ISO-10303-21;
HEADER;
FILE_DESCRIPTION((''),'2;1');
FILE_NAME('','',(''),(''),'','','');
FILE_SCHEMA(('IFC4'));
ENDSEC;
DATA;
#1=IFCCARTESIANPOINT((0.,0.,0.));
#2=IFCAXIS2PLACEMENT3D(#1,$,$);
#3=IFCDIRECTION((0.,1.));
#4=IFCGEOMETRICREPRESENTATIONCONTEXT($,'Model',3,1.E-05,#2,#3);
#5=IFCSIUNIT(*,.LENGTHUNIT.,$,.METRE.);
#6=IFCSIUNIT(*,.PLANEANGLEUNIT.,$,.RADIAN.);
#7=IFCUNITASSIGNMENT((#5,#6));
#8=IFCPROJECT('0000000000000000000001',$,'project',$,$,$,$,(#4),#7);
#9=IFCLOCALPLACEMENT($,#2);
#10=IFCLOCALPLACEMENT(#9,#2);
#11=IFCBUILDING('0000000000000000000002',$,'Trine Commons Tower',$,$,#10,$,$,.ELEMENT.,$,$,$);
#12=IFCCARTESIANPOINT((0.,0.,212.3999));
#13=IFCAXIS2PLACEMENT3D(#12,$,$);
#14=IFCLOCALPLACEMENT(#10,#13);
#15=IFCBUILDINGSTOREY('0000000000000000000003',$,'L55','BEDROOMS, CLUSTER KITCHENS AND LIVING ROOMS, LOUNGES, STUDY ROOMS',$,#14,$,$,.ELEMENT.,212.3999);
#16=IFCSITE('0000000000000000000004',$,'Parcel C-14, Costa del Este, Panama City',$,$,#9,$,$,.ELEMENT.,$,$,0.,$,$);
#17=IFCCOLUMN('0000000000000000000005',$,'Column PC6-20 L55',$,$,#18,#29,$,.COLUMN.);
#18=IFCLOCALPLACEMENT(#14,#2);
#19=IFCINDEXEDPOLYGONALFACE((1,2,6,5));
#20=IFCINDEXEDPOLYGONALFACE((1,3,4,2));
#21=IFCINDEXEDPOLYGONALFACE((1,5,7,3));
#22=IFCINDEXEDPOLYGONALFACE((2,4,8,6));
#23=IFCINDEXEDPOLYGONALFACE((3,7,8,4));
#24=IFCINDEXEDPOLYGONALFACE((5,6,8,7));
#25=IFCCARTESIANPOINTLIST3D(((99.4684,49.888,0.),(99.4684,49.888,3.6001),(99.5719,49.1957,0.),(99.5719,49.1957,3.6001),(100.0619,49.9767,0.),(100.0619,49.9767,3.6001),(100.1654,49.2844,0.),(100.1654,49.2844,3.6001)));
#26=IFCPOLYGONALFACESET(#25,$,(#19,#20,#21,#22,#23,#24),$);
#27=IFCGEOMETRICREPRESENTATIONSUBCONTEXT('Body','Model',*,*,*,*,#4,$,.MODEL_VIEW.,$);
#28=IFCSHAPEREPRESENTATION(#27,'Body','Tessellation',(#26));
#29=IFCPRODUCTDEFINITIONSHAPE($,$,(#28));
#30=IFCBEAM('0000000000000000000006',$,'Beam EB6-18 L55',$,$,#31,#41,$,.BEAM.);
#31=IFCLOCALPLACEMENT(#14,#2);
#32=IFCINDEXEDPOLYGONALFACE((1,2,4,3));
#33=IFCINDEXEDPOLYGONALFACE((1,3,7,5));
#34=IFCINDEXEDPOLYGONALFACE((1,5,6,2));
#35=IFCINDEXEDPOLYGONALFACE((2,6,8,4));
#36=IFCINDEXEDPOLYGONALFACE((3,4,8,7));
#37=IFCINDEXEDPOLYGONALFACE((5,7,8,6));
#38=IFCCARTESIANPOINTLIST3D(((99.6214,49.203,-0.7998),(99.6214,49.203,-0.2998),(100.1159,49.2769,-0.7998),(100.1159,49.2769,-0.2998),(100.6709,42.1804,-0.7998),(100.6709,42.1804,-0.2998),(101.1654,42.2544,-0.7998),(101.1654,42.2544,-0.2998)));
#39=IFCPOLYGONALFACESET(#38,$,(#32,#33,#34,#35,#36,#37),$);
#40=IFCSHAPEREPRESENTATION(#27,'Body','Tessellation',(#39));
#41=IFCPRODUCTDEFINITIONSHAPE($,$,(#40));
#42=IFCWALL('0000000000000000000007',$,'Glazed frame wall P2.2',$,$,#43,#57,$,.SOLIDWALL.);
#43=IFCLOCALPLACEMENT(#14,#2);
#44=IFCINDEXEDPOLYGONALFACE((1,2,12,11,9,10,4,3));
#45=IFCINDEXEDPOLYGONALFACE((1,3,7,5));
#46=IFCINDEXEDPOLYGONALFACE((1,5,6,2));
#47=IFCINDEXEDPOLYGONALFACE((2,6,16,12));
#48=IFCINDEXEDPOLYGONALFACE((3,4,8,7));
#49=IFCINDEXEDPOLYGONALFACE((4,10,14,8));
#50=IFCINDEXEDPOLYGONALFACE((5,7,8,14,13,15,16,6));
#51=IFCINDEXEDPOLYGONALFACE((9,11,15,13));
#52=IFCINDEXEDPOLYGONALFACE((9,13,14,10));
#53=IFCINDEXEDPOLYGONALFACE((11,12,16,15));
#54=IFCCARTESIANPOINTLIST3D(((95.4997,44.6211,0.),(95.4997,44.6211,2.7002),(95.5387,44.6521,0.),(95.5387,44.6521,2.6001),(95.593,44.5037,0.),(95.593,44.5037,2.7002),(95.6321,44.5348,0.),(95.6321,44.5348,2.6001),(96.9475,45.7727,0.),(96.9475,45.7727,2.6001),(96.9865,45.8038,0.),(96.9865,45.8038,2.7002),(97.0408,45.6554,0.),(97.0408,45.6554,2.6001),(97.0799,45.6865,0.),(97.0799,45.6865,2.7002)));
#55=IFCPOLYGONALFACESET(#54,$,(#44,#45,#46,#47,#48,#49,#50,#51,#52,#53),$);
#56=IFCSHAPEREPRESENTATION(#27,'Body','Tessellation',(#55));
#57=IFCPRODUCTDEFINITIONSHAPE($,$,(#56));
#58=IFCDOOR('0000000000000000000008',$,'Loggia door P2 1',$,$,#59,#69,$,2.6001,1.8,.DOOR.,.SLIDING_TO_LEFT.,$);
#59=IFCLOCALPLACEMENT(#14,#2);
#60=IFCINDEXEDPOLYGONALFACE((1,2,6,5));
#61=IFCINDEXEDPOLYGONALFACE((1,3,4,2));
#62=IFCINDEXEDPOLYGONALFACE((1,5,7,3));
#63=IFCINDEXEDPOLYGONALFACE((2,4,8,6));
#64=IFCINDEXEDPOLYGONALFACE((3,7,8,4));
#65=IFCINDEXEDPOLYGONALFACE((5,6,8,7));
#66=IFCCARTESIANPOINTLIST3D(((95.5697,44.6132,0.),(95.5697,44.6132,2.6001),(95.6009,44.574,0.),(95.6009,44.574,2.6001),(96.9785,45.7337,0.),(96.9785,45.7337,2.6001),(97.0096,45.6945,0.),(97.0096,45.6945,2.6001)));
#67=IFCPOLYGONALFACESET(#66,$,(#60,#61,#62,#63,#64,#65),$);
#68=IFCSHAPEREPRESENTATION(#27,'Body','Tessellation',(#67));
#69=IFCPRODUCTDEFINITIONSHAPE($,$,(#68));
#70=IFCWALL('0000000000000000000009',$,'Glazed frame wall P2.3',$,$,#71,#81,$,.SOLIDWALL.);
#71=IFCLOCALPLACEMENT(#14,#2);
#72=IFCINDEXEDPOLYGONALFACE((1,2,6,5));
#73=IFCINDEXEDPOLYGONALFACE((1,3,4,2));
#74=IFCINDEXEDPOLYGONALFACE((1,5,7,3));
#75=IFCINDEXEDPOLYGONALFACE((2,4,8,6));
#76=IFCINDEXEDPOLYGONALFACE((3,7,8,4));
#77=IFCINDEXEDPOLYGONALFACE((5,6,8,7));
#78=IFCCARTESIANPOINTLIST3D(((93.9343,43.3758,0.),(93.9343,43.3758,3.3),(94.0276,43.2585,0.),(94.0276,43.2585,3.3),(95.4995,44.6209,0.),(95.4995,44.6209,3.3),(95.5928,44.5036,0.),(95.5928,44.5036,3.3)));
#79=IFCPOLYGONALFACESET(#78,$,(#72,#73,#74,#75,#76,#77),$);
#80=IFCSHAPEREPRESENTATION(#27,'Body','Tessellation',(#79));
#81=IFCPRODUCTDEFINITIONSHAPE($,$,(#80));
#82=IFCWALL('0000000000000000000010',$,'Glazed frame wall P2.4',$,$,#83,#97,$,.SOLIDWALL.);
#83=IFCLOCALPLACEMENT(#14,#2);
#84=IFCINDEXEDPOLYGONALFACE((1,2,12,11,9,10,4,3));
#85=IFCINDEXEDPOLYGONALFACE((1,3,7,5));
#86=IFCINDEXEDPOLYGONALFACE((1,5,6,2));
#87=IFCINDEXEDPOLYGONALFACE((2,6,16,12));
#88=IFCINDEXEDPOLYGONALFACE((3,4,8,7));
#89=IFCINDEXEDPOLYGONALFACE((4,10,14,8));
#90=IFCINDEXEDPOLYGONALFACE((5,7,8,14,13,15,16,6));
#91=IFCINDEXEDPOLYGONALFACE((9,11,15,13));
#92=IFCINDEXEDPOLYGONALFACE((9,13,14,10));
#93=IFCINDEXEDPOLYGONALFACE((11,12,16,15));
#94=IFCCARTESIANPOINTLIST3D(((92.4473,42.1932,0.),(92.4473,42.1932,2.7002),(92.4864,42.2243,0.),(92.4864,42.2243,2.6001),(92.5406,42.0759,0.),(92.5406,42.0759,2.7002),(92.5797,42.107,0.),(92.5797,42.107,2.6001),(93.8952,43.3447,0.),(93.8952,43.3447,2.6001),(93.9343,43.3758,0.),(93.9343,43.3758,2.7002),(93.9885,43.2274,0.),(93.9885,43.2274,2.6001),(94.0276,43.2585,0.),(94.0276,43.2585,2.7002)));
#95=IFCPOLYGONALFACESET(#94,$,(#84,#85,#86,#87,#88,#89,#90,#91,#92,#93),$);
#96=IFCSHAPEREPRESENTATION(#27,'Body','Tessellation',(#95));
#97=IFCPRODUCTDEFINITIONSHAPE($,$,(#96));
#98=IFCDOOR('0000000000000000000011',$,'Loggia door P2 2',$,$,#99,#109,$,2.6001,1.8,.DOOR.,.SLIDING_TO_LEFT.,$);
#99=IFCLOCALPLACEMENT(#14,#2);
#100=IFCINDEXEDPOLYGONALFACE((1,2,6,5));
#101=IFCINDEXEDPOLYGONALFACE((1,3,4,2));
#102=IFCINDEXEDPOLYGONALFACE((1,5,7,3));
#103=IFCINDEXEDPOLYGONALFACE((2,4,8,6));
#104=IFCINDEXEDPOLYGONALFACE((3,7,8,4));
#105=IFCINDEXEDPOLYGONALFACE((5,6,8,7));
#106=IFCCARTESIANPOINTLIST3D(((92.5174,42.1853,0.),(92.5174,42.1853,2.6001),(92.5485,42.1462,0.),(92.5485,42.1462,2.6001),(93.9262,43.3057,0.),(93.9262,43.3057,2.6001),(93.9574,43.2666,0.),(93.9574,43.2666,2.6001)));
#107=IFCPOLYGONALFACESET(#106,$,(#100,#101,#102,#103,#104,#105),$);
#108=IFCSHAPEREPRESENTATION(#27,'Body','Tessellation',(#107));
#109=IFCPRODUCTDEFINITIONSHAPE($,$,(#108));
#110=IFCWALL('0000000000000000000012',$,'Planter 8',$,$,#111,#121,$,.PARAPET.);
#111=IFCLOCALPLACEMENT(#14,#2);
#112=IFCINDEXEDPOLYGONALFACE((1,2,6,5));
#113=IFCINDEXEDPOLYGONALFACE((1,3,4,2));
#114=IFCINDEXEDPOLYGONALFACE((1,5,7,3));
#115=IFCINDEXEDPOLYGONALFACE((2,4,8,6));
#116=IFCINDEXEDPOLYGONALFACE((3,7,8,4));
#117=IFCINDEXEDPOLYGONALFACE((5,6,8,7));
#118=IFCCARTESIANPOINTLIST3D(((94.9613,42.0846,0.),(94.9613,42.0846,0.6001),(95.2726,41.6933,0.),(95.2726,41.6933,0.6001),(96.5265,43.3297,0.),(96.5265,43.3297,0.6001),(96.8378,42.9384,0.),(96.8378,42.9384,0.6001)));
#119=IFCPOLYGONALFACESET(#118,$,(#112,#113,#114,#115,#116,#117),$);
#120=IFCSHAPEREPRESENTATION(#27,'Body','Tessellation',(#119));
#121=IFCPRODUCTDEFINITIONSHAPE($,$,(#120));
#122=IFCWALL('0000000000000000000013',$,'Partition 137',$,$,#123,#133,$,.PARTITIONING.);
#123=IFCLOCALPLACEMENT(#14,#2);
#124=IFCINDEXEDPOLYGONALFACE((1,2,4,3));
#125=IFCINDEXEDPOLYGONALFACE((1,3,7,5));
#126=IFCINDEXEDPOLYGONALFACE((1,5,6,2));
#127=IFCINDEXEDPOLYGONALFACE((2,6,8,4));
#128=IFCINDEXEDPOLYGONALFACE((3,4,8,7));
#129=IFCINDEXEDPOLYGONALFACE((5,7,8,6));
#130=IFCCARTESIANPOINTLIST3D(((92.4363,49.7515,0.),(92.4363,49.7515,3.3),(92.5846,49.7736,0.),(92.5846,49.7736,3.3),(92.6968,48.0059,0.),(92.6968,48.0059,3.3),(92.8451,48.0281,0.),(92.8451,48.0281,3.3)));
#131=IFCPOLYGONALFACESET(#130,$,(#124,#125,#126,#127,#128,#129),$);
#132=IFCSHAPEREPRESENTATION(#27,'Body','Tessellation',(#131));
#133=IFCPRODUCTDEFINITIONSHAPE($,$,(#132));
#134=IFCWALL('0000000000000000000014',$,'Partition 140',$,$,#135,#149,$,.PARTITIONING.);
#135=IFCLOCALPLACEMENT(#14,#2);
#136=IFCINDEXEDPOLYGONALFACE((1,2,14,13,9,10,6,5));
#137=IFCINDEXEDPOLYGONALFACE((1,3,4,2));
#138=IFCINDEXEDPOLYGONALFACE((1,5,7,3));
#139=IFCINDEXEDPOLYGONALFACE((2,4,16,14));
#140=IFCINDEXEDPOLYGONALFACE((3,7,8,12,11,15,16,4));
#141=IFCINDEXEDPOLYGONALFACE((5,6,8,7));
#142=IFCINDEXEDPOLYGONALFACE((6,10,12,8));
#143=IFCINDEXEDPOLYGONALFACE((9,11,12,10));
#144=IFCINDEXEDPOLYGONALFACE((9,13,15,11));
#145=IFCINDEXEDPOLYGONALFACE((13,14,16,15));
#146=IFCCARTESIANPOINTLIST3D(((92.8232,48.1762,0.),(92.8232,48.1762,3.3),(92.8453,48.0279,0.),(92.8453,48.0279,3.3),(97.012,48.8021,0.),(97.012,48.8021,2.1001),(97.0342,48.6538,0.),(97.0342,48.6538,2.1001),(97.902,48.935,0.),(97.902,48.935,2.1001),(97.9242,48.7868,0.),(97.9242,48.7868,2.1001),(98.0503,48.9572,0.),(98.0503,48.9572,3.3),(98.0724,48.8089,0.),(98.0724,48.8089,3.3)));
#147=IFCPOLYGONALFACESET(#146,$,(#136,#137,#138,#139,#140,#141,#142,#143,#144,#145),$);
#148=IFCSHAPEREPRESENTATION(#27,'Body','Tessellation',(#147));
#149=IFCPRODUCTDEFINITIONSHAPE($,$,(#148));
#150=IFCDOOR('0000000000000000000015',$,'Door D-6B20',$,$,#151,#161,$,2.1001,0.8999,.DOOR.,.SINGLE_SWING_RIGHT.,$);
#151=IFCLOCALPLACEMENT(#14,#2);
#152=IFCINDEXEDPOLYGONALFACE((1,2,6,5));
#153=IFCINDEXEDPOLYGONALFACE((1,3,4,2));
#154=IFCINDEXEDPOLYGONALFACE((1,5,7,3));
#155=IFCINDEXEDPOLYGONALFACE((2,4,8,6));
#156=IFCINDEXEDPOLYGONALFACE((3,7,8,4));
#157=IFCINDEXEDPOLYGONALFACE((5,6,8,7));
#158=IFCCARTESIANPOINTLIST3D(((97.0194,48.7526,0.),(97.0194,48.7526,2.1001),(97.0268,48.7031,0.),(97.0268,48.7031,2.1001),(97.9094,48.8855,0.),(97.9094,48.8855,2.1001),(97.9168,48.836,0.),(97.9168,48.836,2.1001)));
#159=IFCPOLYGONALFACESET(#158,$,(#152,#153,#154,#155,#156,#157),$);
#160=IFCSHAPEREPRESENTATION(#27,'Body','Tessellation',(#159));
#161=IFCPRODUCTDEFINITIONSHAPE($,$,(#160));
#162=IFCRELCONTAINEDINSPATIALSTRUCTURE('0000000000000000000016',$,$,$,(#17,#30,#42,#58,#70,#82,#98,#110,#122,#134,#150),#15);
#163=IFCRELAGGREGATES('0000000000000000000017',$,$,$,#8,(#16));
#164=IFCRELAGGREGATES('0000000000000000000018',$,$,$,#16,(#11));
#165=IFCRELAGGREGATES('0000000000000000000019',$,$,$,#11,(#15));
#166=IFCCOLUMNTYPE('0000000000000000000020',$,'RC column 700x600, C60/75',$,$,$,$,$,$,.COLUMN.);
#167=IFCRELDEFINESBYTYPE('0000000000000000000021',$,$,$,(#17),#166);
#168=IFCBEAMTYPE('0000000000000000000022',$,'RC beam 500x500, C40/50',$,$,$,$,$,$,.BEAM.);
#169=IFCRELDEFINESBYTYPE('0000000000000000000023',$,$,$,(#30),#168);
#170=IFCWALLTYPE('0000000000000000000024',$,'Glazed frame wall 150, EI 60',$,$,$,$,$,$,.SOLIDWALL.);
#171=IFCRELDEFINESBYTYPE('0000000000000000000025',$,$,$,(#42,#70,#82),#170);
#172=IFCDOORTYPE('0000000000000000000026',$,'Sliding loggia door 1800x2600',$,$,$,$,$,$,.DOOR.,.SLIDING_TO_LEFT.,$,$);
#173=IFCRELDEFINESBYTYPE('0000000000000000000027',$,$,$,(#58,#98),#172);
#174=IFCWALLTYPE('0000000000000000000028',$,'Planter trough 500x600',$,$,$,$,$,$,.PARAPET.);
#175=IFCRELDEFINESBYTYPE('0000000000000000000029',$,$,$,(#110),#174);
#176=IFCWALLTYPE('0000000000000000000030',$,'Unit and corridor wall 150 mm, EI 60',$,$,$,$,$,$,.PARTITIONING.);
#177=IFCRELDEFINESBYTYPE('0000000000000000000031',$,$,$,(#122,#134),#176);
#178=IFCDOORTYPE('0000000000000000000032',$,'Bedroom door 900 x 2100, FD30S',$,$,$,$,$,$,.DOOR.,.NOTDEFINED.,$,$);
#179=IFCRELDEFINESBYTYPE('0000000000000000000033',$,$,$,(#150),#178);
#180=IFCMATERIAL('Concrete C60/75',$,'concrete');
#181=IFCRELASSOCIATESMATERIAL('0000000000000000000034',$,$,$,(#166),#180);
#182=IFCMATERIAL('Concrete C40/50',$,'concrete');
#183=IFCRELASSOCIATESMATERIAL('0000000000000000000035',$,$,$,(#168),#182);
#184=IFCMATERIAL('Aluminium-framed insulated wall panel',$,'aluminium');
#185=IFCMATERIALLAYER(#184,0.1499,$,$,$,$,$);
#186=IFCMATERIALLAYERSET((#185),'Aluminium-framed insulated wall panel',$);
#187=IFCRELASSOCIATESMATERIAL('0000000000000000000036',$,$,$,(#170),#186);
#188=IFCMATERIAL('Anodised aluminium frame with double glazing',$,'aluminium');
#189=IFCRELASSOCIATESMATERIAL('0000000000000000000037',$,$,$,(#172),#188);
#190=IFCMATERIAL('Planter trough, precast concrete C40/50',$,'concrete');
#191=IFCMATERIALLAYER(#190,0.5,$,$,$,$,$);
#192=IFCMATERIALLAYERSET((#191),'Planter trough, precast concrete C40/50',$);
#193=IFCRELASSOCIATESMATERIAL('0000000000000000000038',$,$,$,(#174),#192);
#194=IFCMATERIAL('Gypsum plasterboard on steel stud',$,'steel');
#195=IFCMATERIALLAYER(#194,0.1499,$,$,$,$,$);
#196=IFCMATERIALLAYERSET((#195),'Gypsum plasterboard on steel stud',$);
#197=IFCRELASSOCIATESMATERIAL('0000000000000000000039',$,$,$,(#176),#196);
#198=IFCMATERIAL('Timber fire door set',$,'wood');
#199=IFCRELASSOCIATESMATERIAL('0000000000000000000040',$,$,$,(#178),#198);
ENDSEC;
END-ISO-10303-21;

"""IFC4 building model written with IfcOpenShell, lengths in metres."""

from ifc_helpers import new_model, si_unit, direction, frame, frame_2d, origin, origin_2d, place, context, subcontext, project, spatial, polyline, rectangle, outline, extrude, material, layer, layer_set, material_profile, profile_set, type_object, element, fill, save


model = new_model("IFC4")

# Units and contexts
model_context = context("Model", 3, precision=1e-05, world=origin(), true_north=direction((0.0, 1.0)))
body_context = subcontext(model_context, "Body", "Model", "MODEL_VIEW")
ifc_project = project(units=[si_unit("LENGTHUNIT", "METRE"), si_unit("PLANEANGLEUNIT", "RADIAN")], contexts=[model_context])

# Site, building, storey
site_placement = place(None, origin())
site = spatial("IfcSite", under=ifc_project, at=site_placement, Name="Parcel C-14, Costa del Este, Panama City", CompositionType="ELEMENT", RefElevation=0.0)
building_placement = place(site_placement, origin())
building = spatial("IfcBuilding", under=site, at=building_placement, Name="Trine Commons Tower", CompositionType="ELEMENT")
storey_placement = place(building_placement, frame((0.0, 0.0, 212.3999)))
storey = spatial("IfcBuildingStorey", under=building, at=storey_placement, Name="L55", Description="BEDROOMS, CLUSTER KITCHENS AND LIVING ROOMS, LOUNGES, STUDY ROOMS", CompositionType="ELEMENT", Elevation=212.3999)

# Column
ifc_material_1 = material(Name="Concrete C60/75", Category="concrete")
ifc_material_profile_1 = material_profile(ifc_material_1, rectangle(XDim=0.7, YDim=0.6001, at=origin_2d()), Name="RC 700x600")
ifc_profile_set_1 = profile_set([ifc_material_profile_1], Name="Concrete C60/75")
column_type = type_object("IfcColumnType", Name="RC column 700x600, C60/75", PredefinedType="COLUMN", material=ifc_profile_set_1)
column_placement = place(storey_placement, frame((99.8169, 49.5862, 0.0), z_axis=(0.0, 0.0, 1.0), x_axis=(-0.147809, 0.989016, 0.0)))
element("IfcColumn", 1, at=column_placement, inside=storey, type_object=column_type, Name="Column PC6-20 L55", PredefinedType="COLUMN", context=body_context, shape_type="SweptSolid", body=[
    extrude(rectangle(XDim=0.7, YDim=0.6001, at=origin_2d()), origin(), (0.0, 0.0, 1.0), 3.6001),
])

# Beam
ifc_material_2 = material(Name="Concrete C40/50", Category="concrete")
ifc_material_profile_2 = material_profile(ifc_material_2, rectangle(XDim=0.5, YDim=0.5, at=origin_2d()), Name="RC 500x500")
ifc_profile_set_2 = profile_set([ifc_material_profile_2], Name="Concrete C40/50")
beam_type = type_object("IfcBeamType", Name="RC beam 500x500, C40/50", PredefinedType="BEAM", material=ifc_profile_set_2)
beam_placement = place(storey_placement, frame((99.8687, 49.24, -0.5498), z_axis=(0.147811, -0.989016, 0.0), x_axis=(0.989016, 0.147811, 0.0)))
element("IfcBeam", 2, at=beam_placement, inside=storey, type_object=beam_type, Name="Beam EB6-18 L55", PredefinedType="BEAM", context=body_context, shape_type="SweptSolid", body=[
    extrude(rectangle(XDim=0.5, YDim=0.5, at=origin_2d()), origin(), (0.0, 0.0, 1.0), 7.1006),
])

# Shared definitions
ifc_material_3 = material(Name="Aluminium-framed insulated wall panel", Category="aluminium")
ifc_layer_1 = layer(ifc_material_3, 0.1499)
ifc_layer_set_1 = layer_set([ifc_layer_1], Name="Aluminium-framed insulated wall panel")
wall_type_1 = type_object("IfcWallType", Name="Glazed frame wall 150, EI 60", PredefinedType="SOLIDWALL", material=ifc_layer_set_1)

# Wall, opening, door
wall_1_placement = place(storey_placement, frame((97.0332, 45.7451, 0.0), z_axis=(0.0, 0.0, 1.0), x_axis=(-0.782608, -0.622515, 0.0)))
wall_1 = element("IfcWall", 3, at=wall_1_placement, inside=storey, type_object=wall_type_1, Name="Glazed frame wall P2.2", PredefinedType="SOLIDWALL", context=body_context, shape_type="SweptSolid", body=[
    extrude(outline(polyline([(0.0, -0.075), (1.8999, -0.075), (1.8999, 0.075), (0.0, 0.075), (0.0, -0.075)])), origin(), (0.0, 0.0, 1.0), 2.7002),
])
opening_1_placement = place(wall_1_placement, frame((0.05, 0.0, 0.0)))
opening_1 = element("IfcOpeningElement", 4, at=opening_1_placement, cuts=wall_1, PredefinedType="OPENING", context=body_context, shape_type="SweptSolid", body=[
    extrude(rectangle(XDim=1.8, YDim=2.6001, at=frame_2d((0.8999, 1.3))), frame((0.0, 0.085, 0.0), z_axis=(0.0, -1.0, 0.0), x_axis=(1.0, 0.0, 0.0)), (0.0, 0.0, 1.0), 0.1699),
])
ifc_material_4 = material(Name="Anodised aluminium frame with double glazing", Category="aluminium")
door_type_1 = type_object("IfcDoorType", Name="Sliding loggia door 1800x2600", OperationType="SLIDING_TO_LEFT", PredefinedType="DOOR", material=ifc_material_4)
door_1_placement = place(opening_1_placement, origin())
door_1 = element("IfcDoor", 5, at=door_1_placement, inside=storey, type_object=door_type_1, Name="Loggia door P2 1", OperationType="SLIDING_TO_LEFT", OverallHeight=2.6001, OverallWidth=1.8, PredefinedType="DOOR", context=body_context, shape_type="SweptSolid", body=[
    extrude(rectangle(XDim=1.8, YDim=2.6001, at=frame_2d((0.8999, 1.3))), frame((0.0, 0.0249, 0.0), z_axis=(0.0, -1.0, 0.0), x_axis=(1.0, 0.0, 0.0)), (0.0, 0.0, 1.0), 0.05),
])
fill(opening_1, door_1)

# Wall
wall_2_placement = place(storey_placement, frame((95.5461, 44.5623, 0.0), z_axis=(0.0, 0.0, 1.0), x_axis=(-0.782581, -0.622549, 0.0)))
element("IfcWall", 6, at=wall_2_placement, inside=storey, type_object=wall_type_1, Name="Glazed frame wall P2.3", PredefinedType="SOLIDWALL", context=body_context, shape_type="SweptSolid", body=[
    extrude(outline(polyline([(0.0, -0.075), (2.0, -0.075), (2.0, 0.075), (0.0, 0.075), (0.0, -0.075)])), origin(), (0.0, 0.0, 1.0), 3.3),
])

# Wall, opening, door
wall_3_placement = place(storey_placement, frame((93.981, 43.3171, 0.0), z_axis=(0.0, 0.0, 1.0), x_axis=(-0.782671, -0.622436, 0.0)))
wall_3 = element("IfcWall", 7, at=wall_3_placement, inside=storey, type_object=wall_type_1, Name="Glazed frame wall P2.4", PredefinedType="SOLIDWALL", context=body_context, shape_type="SweptSolid", body=[
    extrude(outline(polyline([(0.0, -0.075), (1.8999, -0.075), (1.8999, 0.075), (0.0, 0.075), (0.0, -0.075)])), origin(), (0.0, 0.0, 1.0), 2.7002),
])
opening_2_placement = place(wall_3_placement, frame((0.05, 0.0, 0.0)))
opening_2 = element("IfcOpeningElement", 8, at=opening_2_placement, cuts=wall_3, PredefinedType="OPENING", context=body_context, shape_type="SweptSolid", body=[
    extrude(rectangle(XDim=1.8, YDim=2.6001, at=frame_2d((0.8999, 1.3))), frame((0.0, 0.085, 0.0), z_axis=(0.0, -1.0, 0.0), x_axis=(1.0, 0.0, 0.0)), (0.0, 0.0, 1.0), 0.1699),
])
door_2_placement = place(opening_2_placement, origin())
door_2 = element("IfcDoor", 9, at=door_2_placement, inside=storey, type_object=door_type_1, Name="Loggia door P2 2", OperationType="SLIDING_TO_LEFT", OverallHeight=2.6001, OverallWidth=1.8, PredefinedType="DOOR", context=body_context, shape_type="SweptSolid", body=[
    extrude(rectangle(XDim=1.8, YDim=2.6001, at=frame_2d((0.8999, 1.3))), frame((0.0, 0.0249, 0.0), z_axis=(0.0, -1.0, 0.0), x_axis=(1.0, 0.0, 0.0)), (0.0, 0.0, 1.0), 0.05),
])
fill(opening_2, door_2)

# Walls
ifc_material_5 = material(Name="Planter trough, precast concrete C40/50", Category="concrete")
ifc_layer_2 = layer(ifc_material_5, 0.5)
ifc_layer_set_2 = layer_set([ifc_layer_2], Name="Planter trough, precast concrete C40/50")
wall_type_2 = type_object("IfcWallType", Name="Planter trough 500x600", PredefinedType="PARAPET", material=ifc_layer_set_2)
wall_4_placement = place(storey_placement, frame((96.6821, 43.134, 0.0), z_axis=(0.0, 0.0, 1.0), x_axis=(-0.782581, -0.622549, 0.0)))
element("IfcWall", 10, at=wall_4_placement, inside=storey, type_object=wall_type_2, Name="Planter 8", PredefinedType="PARAPET", context=body_context, shape_type="SweptSolid", body=[
    extrude(rectangle(XDim=2.0, YDim=0.5, at=frame_2d((1.0, 0.0))), origin(), (0.0, 0.0, 1.0), 0.6001),
])
ifc_material_6 = material(Name="Gypsum plasterboard on steel stud", Category="steel")
ifc_layer_3 = layer(ifc_material_6, 0.1499)
ifc_layer_set_3 = layer_set([ifc_layer_3], Name="Gypsum plasterboard on steel stud")
wall_type_3 = type_object("IfcWallType", Name="Unit and corridor wall 150 mm, EI 60", PredefinedType="PARTITIONING", material=ifc_layer_set_3)
wall_5_placement = place(storey_placement, frame((92.5105, 49.7625, 0.0), z_axis=(0.0, 0.0, 1.0), x_axis=(0.147596, -0.989048, 0.0)))
element("IfcWall", 11, at=wall_5_placement, inside=storey, type_object=wall_type_3, Name="Partition 137", PredefinedType="PARTITIONING", context=body_context, shape_type="SweptSolid", body=[
    extrude(rectangle(XDim=1.7649, YDim=0.1499, at=frame_2d((0.8823, 0.0))), origin(), (0.0, 0.0, 1.0), 3.3),
])

# Wall, opening, door
wall_6_placement = place(storey_placement, frame((92.8342, 48.1021, 0.0), z_axis=(0.0, 0.0, 1.0), x_axis=(0.989021, 0.147776, 0.0)))
wall_6 = element("IfcWall", 12, at=wall_6_placement, inside=storey, type_object=wall_type_3, Name="Partition 140", PredefinedType="PARTITIONING", context=body_context, shape_type="SweptSolid", body=[
    extrude(rectangle(XDim=5.2852, YDim=0.1499, at=frame_2d((2.6426, 0.0))), origin(), (0.0, 0.0, 1.0), 3.3),
])
opening_3_placement = place(wall_6_placement, frame((4.2354, 0.0, 0.0)))
opening_3 = element("IfcOpeningElement", 13, at=opening_3_placement, cuts=wall_6, PredefinedType="OPENING", context=body_context, shape_type="SweptSolid", body=[
    extrude(rectangle(XDim=0.8999, YDim=2.1001, at=frame_2d((0.45, 1.05))), frame((0.0, 0.085, 0.0), z_axis=(0.0, -1.0, 0.0), x_axis=(1.0, 0.0, 0.0)), (0.0, 0.0, 1.0), 0.1699),
])
ifc_material_7 = material(Name="Timber fire door set", Category="wood")
door_type_2 = type_object("IfcDoorType", Name="Bedroom door 900 x 2100, FD30S", OperationType="NOTDEFINED", PredefinedType="DOOR", material=ifc_material_7)
door_3_placement = place(opening_3_placement, origin())
door_3 = element("IfcDoor", 14, at=door_3_placement, inside=storey, type_object=door_type_2, Name="Door D-6B20", OperationType="SINGLE_SWING_RIGHT", OverallHeight=2.1001, OverallWidth=0.8999, PredefinedType="DOOR", context=body_context, shape_type="SweptSolid", body=[
    extrude(rectangle(XDim=0.8999, YDim=2.1001, at=frame_2d((0.45, 1.05))), frame((0.0, 0.0249, 0.0), z_axis=(0.0, -1.0, 0.0), x_axis=(1.0, 0.0, 0.0)), (0.0, 0.0, 1.0), 0.05),
])
fill(opening_3, door_3)

save(model, "model.ifc")
